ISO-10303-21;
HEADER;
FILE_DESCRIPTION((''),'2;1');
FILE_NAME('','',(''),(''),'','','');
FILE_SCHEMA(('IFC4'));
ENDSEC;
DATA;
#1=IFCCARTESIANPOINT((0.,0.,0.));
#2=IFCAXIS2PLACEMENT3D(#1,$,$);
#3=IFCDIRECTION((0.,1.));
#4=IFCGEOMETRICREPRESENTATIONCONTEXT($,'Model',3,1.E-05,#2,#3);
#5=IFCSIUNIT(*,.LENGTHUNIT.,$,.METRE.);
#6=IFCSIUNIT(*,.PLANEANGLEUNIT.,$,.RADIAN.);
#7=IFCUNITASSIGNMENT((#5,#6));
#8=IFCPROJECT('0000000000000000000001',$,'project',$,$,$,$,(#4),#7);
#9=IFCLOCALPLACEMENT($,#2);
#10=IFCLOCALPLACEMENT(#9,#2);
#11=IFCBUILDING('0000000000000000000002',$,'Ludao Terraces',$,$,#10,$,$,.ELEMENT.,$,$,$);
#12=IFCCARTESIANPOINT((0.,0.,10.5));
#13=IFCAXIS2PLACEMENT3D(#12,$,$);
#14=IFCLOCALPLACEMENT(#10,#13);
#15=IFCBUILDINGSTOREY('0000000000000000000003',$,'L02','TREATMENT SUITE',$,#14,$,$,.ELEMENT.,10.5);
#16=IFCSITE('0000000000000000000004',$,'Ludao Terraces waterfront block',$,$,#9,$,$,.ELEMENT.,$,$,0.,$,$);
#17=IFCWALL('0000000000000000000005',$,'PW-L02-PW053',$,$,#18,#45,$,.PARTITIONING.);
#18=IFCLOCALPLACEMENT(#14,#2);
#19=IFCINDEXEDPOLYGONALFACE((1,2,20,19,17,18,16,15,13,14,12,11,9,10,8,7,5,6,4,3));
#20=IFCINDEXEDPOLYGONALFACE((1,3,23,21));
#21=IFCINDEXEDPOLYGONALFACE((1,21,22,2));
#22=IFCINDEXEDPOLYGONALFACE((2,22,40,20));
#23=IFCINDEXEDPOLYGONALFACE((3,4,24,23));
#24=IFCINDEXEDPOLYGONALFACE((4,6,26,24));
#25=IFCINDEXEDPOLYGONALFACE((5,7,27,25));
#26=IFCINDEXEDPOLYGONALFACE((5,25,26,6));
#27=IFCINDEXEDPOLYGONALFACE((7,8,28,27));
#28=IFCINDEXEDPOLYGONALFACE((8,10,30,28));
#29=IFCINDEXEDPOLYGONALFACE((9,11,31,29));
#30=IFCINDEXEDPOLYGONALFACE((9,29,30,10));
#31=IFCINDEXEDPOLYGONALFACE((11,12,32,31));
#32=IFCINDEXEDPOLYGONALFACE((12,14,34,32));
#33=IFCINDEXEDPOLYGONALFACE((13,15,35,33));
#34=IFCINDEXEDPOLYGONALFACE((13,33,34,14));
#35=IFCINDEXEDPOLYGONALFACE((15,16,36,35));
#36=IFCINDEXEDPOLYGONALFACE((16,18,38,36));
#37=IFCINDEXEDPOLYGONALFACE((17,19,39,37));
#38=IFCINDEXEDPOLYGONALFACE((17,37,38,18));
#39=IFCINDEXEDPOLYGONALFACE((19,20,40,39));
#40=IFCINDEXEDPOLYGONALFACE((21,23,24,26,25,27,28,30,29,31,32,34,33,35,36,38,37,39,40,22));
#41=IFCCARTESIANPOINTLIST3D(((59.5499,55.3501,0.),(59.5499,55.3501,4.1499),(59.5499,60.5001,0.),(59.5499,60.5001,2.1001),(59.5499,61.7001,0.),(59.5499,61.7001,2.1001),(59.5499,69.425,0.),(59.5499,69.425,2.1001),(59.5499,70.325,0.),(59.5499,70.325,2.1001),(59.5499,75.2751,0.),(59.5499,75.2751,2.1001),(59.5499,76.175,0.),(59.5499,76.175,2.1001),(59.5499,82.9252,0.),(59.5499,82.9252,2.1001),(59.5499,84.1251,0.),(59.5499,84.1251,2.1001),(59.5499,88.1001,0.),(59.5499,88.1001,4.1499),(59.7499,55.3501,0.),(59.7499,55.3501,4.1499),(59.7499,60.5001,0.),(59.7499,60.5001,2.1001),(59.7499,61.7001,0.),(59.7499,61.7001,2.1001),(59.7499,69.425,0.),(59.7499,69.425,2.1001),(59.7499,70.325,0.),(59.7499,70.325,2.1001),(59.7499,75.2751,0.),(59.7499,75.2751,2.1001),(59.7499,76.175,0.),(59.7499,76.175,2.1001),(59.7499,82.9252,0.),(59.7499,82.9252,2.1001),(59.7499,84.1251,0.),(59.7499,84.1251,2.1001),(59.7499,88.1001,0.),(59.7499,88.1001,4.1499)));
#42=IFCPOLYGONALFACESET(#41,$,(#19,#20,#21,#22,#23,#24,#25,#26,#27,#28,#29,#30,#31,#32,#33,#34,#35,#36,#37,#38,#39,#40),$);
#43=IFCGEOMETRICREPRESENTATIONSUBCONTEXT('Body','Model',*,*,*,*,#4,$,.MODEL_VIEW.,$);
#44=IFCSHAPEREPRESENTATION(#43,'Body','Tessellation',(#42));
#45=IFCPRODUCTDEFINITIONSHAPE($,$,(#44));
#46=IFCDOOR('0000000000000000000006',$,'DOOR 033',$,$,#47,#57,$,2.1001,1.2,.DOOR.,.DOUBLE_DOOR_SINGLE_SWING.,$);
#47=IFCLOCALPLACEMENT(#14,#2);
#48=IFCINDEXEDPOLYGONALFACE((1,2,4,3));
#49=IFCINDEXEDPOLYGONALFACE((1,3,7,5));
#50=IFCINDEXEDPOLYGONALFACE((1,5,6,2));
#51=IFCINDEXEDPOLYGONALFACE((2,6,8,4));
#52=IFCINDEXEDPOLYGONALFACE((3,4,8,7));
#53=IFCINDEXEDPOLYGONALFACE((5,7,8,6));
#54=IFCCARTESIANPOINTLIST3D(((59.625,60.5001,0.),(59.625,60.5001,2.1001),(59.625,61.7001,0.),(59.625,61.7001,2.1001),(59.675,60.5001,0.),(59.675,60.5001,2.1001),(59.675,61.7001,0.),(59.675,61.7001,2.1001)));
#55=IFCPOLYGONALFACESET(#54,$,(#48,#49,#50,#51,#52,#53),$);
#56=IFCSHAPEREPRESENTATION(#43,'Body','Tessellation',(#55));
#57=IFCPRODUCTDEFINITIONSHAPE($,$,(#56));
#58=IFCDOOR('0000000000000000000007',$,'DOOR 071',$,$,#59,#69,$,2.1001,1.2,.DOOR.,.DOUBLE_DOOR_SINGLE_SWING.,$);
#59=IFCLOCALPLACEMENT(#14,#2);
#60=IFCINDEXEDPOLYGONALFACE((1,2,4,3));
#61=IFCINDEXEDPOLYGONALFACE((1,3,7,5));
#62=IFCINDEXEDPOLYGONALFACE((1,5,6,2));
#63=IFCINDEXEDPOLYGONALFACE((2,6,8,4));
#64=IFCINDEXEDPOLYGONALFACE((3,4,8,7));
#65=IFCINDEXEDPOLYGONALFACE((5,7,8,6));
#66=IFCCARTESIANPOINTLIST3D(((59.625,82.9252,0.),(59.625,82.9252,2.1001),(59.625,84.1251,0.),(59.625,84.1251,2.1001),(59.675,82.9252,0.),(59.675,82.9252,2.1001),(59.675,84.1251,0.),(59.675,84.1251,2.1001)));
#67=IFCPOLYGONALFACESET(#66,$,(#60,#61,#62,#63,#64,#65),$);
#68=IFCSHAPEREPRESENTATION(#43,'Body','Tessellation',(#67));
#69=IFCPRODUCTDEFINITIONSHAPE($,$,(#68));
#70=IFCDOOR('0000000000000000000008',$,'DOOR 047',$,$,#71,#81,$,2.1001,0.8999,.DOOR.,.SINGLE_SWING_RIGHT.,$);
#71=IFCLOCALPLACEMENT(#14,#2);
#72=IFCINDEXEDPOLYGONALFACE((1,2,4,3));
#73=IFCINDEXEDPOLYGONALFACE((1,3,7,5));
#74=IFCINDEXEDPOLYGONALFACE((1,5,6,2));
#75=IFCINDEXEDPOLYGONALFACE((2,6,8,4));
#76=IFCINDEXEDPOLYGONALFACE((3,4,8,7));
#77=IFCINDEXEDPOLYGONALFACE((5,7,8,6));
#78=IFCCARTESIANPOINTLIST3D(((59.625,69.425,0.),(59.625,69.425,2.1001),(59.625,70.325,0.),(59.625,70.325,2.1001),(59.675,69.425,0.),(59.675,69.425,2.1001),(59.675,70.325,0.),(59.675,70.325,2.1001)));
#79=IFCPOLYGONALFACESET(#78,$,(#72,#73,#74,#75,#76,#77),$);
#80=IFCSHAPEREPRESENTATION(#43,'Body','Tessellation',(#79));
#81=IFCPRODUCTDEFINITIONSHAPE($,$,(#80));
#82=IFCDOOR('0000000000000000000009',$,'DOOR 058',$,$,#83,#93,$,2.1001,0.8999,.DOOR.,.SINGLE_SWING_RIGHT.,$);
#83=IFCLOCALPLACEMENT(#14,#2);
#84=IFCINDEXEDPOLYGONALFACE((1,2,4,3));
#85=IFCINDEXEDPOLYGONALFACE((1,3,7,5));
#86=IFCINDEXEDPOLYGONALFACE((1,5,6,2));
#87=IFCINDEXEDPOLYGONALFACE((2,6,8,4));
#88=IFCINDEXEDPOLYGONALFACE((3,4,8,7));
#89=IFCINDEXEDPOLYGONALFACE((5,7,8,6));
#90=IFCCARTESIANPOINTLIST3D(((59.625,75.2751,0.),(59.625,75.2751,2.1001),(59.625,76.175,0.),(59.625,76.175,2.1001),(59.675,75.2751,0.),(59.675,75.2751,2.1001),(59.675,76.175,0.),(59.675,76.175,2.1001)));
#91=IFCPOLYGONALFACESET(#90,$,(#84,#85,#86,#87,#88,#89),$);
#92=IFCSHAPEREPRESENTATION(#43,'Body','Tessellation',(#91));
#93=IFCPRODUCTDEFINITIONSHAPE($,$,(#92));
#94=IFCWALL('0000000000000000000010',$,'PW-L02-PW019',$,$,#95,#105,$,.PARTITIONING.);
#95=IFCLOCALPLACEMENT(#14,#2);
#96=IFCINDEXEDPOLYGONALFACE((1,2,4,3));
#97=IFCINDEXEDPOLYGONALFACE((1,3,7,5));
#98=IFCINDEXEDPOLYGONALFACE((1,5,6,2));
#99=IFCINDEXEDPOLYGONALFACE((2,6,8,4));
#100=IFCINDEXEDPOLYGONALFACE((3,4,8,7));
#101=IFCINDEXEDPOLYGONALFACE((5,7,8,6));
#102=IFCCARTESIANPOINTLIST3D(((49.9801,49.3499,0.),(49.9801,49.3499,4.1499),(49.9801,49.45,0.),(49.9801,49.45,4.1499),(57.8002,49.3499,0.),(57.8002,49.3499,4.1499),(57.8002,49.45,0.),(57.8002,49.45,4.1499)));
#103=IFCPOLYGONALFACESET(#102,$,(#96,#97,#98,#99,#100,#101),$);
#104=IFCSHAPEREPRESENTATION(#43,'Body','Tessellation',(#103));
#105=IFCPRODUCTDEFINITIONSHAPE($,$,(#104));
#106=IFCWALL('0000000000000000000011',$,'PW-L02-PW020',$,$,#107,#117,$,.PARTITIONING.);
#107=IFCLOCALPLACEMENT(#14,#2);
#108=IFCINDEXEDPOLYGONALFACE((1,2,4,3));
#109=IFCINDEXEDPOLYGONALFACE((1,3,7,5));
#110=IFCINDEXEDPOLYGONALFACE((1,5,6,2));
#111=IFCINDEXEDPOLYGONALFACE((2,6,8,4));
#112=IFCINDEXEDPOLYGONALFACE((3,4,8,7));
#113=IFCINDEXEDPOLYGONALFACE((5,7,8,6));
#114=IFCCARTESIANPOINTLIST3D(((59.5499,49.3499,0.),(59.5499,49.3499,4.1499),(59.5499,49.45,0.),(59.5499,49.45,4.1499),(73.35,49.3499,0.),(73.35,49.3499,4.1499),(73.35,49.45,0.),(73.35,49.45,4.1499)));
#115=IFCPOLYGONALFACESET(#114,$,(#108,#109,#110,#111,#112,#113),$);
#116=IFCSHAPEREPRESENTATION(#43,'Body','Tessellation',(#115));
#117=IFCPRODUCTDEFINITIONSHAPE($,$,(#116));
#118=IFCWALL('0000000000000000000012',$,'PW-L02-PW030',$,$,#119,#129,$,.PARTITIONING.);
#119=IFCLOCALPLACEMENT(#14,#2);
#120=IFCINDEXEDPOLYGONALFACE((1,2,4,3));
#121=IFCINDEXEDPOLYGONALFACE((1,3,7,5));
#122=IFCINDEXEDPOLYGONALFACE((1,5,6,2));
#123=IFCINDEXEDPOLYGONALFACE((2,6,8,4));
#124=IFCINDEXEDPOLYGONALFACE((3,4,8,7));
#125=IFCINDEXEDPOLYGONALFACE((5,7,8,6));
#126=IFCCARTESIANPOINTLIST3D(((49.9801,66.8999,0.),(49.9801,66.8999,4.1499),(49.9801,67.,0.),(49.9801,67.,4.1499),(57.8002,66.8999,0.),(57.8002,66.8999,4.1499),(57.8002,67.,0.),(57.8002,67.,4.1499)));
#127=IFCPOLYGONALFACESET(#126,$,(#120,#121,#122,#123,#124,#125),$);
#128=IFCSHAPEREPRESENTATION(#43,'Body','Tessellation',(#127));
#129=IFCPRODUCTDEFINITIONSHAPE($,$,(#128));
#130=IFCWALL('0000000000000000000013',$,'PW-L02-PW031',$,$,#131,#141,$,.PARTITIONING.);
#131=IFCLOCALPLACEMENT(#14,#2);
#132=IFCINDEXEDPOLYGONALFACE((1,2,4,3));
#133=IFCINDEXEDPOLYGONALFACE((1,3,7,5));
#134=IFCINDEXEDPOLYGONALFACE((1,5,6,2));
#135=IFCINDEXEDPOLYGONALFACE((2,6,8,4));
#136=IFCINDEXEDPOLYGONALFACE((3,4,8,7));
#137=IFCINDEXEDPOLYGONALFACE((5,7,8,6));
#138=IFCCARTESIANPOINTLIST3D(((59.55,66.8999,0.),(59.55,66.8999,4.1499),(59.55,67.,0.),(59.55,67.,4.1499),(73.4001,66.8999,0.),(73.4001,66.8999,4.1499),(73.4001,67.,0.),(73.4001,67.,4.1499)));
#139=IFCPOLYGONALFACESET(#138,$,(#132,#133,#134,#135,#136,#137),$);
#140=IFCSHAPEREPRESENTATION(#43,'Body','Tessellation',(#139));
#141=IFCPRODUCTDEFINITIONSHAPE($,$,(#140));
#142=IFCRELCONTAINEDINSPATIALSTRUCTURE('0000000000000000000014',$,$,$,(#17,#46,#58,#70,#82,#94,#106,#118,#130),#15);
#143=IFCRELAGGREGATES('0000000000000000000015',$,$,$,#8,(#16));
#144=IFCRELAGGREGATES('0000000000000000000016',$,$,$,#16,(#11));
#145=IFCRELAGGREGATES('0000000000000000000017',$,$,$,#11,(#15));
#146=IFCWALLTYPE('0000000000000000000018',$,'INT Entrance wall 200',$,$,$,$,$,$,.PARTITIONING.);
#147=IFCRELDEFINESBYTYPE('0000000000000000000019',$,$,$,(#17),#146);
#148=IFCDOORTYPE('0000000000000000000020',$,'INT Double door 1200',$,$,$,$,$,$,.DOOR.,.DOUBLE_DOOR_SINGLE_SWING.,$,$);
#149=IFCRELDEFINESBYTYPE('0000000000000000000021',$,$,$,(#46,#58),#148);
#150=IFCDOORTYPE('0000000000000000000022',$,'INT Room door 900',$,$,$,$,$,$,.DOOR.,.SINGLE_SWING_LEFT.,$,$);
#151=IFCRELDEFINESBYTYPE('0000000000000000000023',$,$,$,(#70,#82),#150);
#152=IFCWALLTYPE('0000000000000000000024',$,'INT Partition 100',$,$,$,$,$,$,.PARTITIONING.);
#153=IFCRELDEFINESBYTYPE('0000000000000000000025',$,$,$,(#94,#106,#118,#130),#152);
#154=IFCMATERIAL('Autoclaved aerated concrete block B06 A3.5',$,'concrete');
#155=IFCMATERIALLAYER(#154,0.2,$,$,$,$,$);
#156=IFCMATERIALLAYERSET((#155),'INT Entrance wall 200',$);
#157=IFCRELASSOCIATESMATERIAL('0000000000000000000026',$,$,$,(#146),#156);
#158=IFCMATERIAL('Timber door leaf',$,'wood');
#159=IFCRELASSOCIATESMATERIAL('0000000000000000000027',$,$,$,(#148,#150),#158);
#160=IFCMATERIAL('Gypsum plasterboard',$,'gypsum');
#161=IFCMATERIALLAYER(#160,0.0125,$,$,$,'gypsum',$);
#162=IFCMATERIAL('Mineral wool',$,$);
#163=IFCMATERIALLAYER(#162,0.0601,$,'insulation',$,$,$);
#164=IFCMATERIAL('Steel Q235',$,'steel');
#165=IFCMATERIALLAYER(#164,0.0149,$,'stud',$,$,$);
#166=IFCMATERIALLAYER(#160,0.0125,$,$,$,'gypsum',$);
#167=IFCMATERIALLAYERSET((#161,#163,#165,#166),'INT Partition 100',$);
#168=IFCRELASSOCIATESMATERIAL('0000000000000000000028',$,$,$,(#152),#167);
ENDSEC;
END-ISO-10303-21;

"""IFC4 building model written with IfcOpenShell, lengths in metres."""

from ifc_helpers import new_model, si_unit, direction, frame, frame_2d, origin, place, context, subcontext, project, spatial, rectangle, extrude, material, layer, layer_set, type_object, element, fill, save


model = new_model("IFC4")

# Units and contexts
model_context = context("Model", 3, precision=1e-05, world=origin(), true_north=direction((0.0, 1.0)))
body_context = subcontext(model_context, "Body", "Model", "MODEL_VIEW")
ifc_project = project(units=[si_unit("LENGTHUNIT", "METRE"), si_unit("PLANEANGLEUNIT", "RADIAN")], contexts=[model_context])

# Site, building, storey
site_placement = place(None, origin())
site = spatial("IfcSite", under=ifc_project, at=site_placement, Name="Ludao Terraces waterfront block", CompositionType="ELEMENT", RefElevation=0.0)
building_placement = place(site_placement, origin())
building = spatial("IfcBuilding", under=site, at=building_placement, Name="Ludao Terraces", CompositionType="ELEMENT")
storey_placement = place(building_placement, frame((0.0, 0.0, 10.5)))
storey = spatial("IfcBuildingStorey", under=building, at=storey_placement, Name="L02", Description="TREATMENT SUITE", CompositionType="ELEMENT", Elevation=10.5)

# Shared definitions
ifc_material_1 = material(Name="Autoclaved aerated concrete block B06 A3.5", Category="concrete")
ifc_layer_1 = layer(ifc_material_1, 0.2)
ifc_layer_set_1 = layer_set([ifc_layer_1], Name="INT Entrance wall 200")
wall_type_1 = type_object("IfcWallType", Name="INT Entrance wall 200", PredefinedType="PARTITIONING", material=ifc_layer_set_1)

# Wall, openings, doors
ifc_material_2 = material(Name="Timber door leaf", Category="wood")
door_type_1 = type_object("IfcDoorType", Name="INT Double door 1200", OperationType="DOUBLE_DOOR_SINGLE_SWING", PredefinedType="DOOR", material=ifc_material_2)
door_type_2 = type_object("IfcDoorType", Name="INT Room door 900", OperationType="SINGLE_SWING_LEFT", PredefinedType="DOOR", material=ifc_material_2)
wall_1_placement = place(storey_placement, frame((59.6499, 55.3501, 0.0), z_axis=(0.0, 0.0, 1.0), x_axis=(0.0, 1.0, 0.0)))
wall_1 = element("IfcWall", 1, at=wall_1_placement, inside=storey, type_object=wall_type_1, Name="PW-L02-PW053", PredefinedType="PARTITIONING", context=body_context, shape_type="SweptSolid", body=[
    extrude(rectangle(XDim=32.75, YDim=0.2, at=frame_2d((16.375, 0.0))), origin(), (0.0, 0.0, 1.0), 4.1499),
])
opening_1_placement = place(wall_1_placement, frame((5.1499, 0.0, 0.0)))
opening_1 = element("IfcOpeningElement", 2, at=opening_1_placement, cuts=wall_1, PredefinedType="OPENING", context=body_context, shape_type="SweptSolid", body=[
    extrude(rectangle(XDim=1.2, YDim=2.1001, at=frame_2d((0.6001, 1.05))), frame((0.0, 0.1099, 0.0), z_axis=(0.0, -1.0, 0.0), x_axis=(1.0, 0.0, 0.0)), (0.0, 0.0, 1.0), 0.22),
])
opening_2_placement = place(wall_1_placement, frame((14.075, 0.0, 0.0)))
opening_2 = element("IfcOpeningElement", 3, at=opening_2_placement, cuts=wall_1, PredefinedType="OPENING", context=body_context, shape_type="SweptSolid", body=[
    extrude(rectangle(XDim=0.8999, YDim=2.1001, at=frame_2d((0.45, 1.05))), frame((0.0, 0.1099, 0.0), z_axis=(0.0, -1.0, 0.0), x_axis=(1.0, 0.0, 0.0)), (0.0, 0.0, 1.0), 0.22),
])
opening_3_placement = place(wall_1_placement, frame((19.925, 0.0, 0.0)))
opening_3 = element("IfcOpeningElement", 4, at=opening_3_placement, cuts=wall_1, PredefinedType="OPENING", context=body_context, shape_type="SweptSolid", body=[
    extrude(rectangle(XDim=0.8999, YDim=2.1001, at=frame_2d((0.45, 1.05))), frame((0.0, 0.1099, 0.0), z_axis=(0.0, -1.0, 0.0), x_axis=(1.0, 0.0, 0.0)), (0.0, 0.0, 1.0), 0.22),
])
opening_4_placement = place(wall_1_placement, frame((27.575, 0.0, 0.0)))
opening_4 = element("IfcOpeningElement", 5, at=opening_4_placement, cuts=wall_1, PredefinedType="OPENING", context=body_context, shape_type="SweptSolid", body=[
    extrude(rectangle(XDim=1.2, YDim=2.1001, at=frame_2d((0.6001, 1.05))), frame((0.0, 0.1099, 0.0), z_axis=(0.0, -1.0, 0.0), x_axis=(1.0, 0.0, 0.0)), (0.0, 0.0, 1.0), 0.22),
])
door_1_placement = place(opening_1_placement, origin())
door_1 = element("IfcDoor", 6, at=door_1_placement, inside=storey, type_object=door_type_1, Name="DOOR 033", OperationType="DOUBLE_DOOR_SINGLE_SWING", OverallHeight=2.1001, OverallWidth=1.2, PredefinedType="DOOR", context=body_context, shape_type="SweptSolid", body=[
    extrude(rectangle(XDim=1.2, YDim=2.1001, at=frame_2d((0.6001, 1.05))), frame((0.0, 0.0249, 0.0), z_axis=(0.0, -1.0, 0.0), x_axis=(1.0, 0.0, 0.0)), (0.0, 0.0, 1.0), 0.05),
])
fill(opening_1, door_1)
door_2_placement = place(opening_4_placement, origin())
door_2 = element("IfcDoor", 7, at=door_2_placement, inside=storey, type_object=door_type_1, Name="DOOR 071", OperationType="DOUBLE_DOOR_SINGLE_SWING", OverallHeight=2.1001, OverallWidth=1.2, PredefinedType="DOOR", context=body_context, shape_type="SweptSolid", body=[
    extrude(rectangle(XDim=1.2, YDim=2.1001, at=frame_2d((0.6001, 1.05))), frame((0.0, 0.0249, 0.0), z_axis=(0.0, -1.0, 0.0), x_axis=(1.0, 0.0, 0.0)), (0.0, 0.0, 1.0), 0.05),
])
fill(opening_4, door_2)
door_3_placement = place(opening_2_placement, origin())
door_3 = element("IfcDoor", 8, at=door_3_placement, inside=storey, type_object=door_type_2, Name="DOOR 047", OperationType="SINGLE_SWING_RIGHT", OverallHeight=2.1001, OverallWidth=0.8999, PredefinedType="DOOR", context=body_context, shape_type="SweptSolid", body=[
    extrude(rectangle(XDim=0.8999, YDim=2.1001, at=frame_2d((0.45, 1.05))), frame((0.0, 0.0249, 0.0), z_axis=(0.0, -1.0, 0.0), x_axis=(1.0, 0.0, 0.0)), (0.0, 0.0, 1.0), 0.05),
])
fill(opening_2, door_3)
door_4_placement = place(opening_3_placement, origin())
door_4 = element("IfcDoor", 9, at=door_4_placement, inside=storey, type_object=door_type_2, Name="DOOR 058", OperationType="SINGLE_SWING_RIGHT", OverallHeight=2.1001, OverallWidth=0.8999, PredefinedType="DOOR", context=body_context, shape_type="SweptSolid", body=[
    extrude(rectangle(XDim=0.8999, YDim=2.1001, at=frame_2d((0.45, 1.05))), frame((0.0, 0.0249, 0.0), z_axis=(0.0, -1.0, 0.0), x_axis=(1.0, 0.0, 0.0)), (0.0, 0.0, 1.0), 0.05),
])
fill(opening_3, door_4)

# Walls
ifc_material_3 = material(Name="Gypsum plasterboard", Category="gypsum")
ifc_layer_2 = layer(ifc_material_3, 0.0125, Category="gypsum")
ifc_material_4 = material(Name="Mineral wool")
ifc_layer_3 = layer(ifc_material_4, 0.0601, Name="insulation")
ifc_material_5 = material(Name="Steel Q235", Category="steel")
ifc_layer_4 = layer(ifc_material_5, 0.0149, Name="stud")
ifc_layer_5 = layer(ifc_material_3, 0.0125, Category="gypsum")
ifc_layer_set_2 = layer_set([ifc_layer_2, ifc_layer_3, ifc_layer_4, ifc_layer_5], Name="INT Partition 100")
wall_type_2 = type_object("IfcWallType", Name="INT Partition 100", PredefinedType="PARTITIONING", material=ifc_layer_set_2)
wall_2_placement = place(storey_placement, frame((49.98, 49.3999, 0.0), z_axis=(0.0, 0.0, 1.0), x_axis=(1.0, 0.0, 0.0)))
element("IfcWall", 10, at=wall_2_placement, inside=storey, type_object=wall_type_2, Name="PW-L02-PW019", PredefinedType="PARTITIONING", context=body_context, shape_type="SweptSolid", body=[
    extrude(rectangle(XDim=7.8201, YDim=0.1001, at=frame_2d((3.9102, 0.0))), origin(), (0.0, 0.0, 1.0), 4.1499),
])
wall_3_placement = place(storey_placement, frame((59.55, 49.3999, 0.0), z_axis=(0.0, 0.0, 1.0), x_axis=(1.0, 0.0, 0.0)))
element("IfcWall", 11, at=wall_3_placement, inside=storey, type_object=wall_type_2, Name="PW-L02-PW020", PredefinedType="PARTITIONING", context=body_context, shape_type="SweptSolid", body=[
    extrude(rectangle(XDim=13.8, YDim=0.1001, at=frame_2d((6.8999, 0.0))), origin(), (0.0, 0.0, 1.0), 4.1499),
])
wall_4_placement = place(storey_placement, frame((49.98, 66.95, 0.0), z_axis=(0.0, 0.0, 1.0), x_axis=(1.0, 0.0, 0.0)))
element("IfcWall", 12, at=wall_4_placement, inside=storey, type_object=wall_type_2, Name="PW-L02-PW030", PredefinedType="PARTITIONING", context=body_context, shape_type="SweptSolid", body=[
    extrude(rectangle(XDim=7.8201, YDim=0.1001, at=frame_2d((3.9102, 0.0))), origin(), (0.0, 0.0, 1.0), 4.1499),
])
wall_5_placement = place(storey_placement, frame((59.55, 66.95, 0.0), z_axis=(0.0, 0.0, 1.0), x_axis=(1.0, 0.0, 0.0)))
element("IfcWall", 13, at=wall_5_placement, inside=storey, type_object=wall_type_2, Name="PW-L02-PW031", PredefinedType="PARTITIONING", context=body_context, shape_type="SweptSolid", body=[
    extrude(rectangle(XDim=13.8501, YDim=0.1001, at=frame_2d((6.925, 0.0))), origin(), (0.0, 0.0, 1.0), 4.1499),
])

save(model, "model.ifc")
